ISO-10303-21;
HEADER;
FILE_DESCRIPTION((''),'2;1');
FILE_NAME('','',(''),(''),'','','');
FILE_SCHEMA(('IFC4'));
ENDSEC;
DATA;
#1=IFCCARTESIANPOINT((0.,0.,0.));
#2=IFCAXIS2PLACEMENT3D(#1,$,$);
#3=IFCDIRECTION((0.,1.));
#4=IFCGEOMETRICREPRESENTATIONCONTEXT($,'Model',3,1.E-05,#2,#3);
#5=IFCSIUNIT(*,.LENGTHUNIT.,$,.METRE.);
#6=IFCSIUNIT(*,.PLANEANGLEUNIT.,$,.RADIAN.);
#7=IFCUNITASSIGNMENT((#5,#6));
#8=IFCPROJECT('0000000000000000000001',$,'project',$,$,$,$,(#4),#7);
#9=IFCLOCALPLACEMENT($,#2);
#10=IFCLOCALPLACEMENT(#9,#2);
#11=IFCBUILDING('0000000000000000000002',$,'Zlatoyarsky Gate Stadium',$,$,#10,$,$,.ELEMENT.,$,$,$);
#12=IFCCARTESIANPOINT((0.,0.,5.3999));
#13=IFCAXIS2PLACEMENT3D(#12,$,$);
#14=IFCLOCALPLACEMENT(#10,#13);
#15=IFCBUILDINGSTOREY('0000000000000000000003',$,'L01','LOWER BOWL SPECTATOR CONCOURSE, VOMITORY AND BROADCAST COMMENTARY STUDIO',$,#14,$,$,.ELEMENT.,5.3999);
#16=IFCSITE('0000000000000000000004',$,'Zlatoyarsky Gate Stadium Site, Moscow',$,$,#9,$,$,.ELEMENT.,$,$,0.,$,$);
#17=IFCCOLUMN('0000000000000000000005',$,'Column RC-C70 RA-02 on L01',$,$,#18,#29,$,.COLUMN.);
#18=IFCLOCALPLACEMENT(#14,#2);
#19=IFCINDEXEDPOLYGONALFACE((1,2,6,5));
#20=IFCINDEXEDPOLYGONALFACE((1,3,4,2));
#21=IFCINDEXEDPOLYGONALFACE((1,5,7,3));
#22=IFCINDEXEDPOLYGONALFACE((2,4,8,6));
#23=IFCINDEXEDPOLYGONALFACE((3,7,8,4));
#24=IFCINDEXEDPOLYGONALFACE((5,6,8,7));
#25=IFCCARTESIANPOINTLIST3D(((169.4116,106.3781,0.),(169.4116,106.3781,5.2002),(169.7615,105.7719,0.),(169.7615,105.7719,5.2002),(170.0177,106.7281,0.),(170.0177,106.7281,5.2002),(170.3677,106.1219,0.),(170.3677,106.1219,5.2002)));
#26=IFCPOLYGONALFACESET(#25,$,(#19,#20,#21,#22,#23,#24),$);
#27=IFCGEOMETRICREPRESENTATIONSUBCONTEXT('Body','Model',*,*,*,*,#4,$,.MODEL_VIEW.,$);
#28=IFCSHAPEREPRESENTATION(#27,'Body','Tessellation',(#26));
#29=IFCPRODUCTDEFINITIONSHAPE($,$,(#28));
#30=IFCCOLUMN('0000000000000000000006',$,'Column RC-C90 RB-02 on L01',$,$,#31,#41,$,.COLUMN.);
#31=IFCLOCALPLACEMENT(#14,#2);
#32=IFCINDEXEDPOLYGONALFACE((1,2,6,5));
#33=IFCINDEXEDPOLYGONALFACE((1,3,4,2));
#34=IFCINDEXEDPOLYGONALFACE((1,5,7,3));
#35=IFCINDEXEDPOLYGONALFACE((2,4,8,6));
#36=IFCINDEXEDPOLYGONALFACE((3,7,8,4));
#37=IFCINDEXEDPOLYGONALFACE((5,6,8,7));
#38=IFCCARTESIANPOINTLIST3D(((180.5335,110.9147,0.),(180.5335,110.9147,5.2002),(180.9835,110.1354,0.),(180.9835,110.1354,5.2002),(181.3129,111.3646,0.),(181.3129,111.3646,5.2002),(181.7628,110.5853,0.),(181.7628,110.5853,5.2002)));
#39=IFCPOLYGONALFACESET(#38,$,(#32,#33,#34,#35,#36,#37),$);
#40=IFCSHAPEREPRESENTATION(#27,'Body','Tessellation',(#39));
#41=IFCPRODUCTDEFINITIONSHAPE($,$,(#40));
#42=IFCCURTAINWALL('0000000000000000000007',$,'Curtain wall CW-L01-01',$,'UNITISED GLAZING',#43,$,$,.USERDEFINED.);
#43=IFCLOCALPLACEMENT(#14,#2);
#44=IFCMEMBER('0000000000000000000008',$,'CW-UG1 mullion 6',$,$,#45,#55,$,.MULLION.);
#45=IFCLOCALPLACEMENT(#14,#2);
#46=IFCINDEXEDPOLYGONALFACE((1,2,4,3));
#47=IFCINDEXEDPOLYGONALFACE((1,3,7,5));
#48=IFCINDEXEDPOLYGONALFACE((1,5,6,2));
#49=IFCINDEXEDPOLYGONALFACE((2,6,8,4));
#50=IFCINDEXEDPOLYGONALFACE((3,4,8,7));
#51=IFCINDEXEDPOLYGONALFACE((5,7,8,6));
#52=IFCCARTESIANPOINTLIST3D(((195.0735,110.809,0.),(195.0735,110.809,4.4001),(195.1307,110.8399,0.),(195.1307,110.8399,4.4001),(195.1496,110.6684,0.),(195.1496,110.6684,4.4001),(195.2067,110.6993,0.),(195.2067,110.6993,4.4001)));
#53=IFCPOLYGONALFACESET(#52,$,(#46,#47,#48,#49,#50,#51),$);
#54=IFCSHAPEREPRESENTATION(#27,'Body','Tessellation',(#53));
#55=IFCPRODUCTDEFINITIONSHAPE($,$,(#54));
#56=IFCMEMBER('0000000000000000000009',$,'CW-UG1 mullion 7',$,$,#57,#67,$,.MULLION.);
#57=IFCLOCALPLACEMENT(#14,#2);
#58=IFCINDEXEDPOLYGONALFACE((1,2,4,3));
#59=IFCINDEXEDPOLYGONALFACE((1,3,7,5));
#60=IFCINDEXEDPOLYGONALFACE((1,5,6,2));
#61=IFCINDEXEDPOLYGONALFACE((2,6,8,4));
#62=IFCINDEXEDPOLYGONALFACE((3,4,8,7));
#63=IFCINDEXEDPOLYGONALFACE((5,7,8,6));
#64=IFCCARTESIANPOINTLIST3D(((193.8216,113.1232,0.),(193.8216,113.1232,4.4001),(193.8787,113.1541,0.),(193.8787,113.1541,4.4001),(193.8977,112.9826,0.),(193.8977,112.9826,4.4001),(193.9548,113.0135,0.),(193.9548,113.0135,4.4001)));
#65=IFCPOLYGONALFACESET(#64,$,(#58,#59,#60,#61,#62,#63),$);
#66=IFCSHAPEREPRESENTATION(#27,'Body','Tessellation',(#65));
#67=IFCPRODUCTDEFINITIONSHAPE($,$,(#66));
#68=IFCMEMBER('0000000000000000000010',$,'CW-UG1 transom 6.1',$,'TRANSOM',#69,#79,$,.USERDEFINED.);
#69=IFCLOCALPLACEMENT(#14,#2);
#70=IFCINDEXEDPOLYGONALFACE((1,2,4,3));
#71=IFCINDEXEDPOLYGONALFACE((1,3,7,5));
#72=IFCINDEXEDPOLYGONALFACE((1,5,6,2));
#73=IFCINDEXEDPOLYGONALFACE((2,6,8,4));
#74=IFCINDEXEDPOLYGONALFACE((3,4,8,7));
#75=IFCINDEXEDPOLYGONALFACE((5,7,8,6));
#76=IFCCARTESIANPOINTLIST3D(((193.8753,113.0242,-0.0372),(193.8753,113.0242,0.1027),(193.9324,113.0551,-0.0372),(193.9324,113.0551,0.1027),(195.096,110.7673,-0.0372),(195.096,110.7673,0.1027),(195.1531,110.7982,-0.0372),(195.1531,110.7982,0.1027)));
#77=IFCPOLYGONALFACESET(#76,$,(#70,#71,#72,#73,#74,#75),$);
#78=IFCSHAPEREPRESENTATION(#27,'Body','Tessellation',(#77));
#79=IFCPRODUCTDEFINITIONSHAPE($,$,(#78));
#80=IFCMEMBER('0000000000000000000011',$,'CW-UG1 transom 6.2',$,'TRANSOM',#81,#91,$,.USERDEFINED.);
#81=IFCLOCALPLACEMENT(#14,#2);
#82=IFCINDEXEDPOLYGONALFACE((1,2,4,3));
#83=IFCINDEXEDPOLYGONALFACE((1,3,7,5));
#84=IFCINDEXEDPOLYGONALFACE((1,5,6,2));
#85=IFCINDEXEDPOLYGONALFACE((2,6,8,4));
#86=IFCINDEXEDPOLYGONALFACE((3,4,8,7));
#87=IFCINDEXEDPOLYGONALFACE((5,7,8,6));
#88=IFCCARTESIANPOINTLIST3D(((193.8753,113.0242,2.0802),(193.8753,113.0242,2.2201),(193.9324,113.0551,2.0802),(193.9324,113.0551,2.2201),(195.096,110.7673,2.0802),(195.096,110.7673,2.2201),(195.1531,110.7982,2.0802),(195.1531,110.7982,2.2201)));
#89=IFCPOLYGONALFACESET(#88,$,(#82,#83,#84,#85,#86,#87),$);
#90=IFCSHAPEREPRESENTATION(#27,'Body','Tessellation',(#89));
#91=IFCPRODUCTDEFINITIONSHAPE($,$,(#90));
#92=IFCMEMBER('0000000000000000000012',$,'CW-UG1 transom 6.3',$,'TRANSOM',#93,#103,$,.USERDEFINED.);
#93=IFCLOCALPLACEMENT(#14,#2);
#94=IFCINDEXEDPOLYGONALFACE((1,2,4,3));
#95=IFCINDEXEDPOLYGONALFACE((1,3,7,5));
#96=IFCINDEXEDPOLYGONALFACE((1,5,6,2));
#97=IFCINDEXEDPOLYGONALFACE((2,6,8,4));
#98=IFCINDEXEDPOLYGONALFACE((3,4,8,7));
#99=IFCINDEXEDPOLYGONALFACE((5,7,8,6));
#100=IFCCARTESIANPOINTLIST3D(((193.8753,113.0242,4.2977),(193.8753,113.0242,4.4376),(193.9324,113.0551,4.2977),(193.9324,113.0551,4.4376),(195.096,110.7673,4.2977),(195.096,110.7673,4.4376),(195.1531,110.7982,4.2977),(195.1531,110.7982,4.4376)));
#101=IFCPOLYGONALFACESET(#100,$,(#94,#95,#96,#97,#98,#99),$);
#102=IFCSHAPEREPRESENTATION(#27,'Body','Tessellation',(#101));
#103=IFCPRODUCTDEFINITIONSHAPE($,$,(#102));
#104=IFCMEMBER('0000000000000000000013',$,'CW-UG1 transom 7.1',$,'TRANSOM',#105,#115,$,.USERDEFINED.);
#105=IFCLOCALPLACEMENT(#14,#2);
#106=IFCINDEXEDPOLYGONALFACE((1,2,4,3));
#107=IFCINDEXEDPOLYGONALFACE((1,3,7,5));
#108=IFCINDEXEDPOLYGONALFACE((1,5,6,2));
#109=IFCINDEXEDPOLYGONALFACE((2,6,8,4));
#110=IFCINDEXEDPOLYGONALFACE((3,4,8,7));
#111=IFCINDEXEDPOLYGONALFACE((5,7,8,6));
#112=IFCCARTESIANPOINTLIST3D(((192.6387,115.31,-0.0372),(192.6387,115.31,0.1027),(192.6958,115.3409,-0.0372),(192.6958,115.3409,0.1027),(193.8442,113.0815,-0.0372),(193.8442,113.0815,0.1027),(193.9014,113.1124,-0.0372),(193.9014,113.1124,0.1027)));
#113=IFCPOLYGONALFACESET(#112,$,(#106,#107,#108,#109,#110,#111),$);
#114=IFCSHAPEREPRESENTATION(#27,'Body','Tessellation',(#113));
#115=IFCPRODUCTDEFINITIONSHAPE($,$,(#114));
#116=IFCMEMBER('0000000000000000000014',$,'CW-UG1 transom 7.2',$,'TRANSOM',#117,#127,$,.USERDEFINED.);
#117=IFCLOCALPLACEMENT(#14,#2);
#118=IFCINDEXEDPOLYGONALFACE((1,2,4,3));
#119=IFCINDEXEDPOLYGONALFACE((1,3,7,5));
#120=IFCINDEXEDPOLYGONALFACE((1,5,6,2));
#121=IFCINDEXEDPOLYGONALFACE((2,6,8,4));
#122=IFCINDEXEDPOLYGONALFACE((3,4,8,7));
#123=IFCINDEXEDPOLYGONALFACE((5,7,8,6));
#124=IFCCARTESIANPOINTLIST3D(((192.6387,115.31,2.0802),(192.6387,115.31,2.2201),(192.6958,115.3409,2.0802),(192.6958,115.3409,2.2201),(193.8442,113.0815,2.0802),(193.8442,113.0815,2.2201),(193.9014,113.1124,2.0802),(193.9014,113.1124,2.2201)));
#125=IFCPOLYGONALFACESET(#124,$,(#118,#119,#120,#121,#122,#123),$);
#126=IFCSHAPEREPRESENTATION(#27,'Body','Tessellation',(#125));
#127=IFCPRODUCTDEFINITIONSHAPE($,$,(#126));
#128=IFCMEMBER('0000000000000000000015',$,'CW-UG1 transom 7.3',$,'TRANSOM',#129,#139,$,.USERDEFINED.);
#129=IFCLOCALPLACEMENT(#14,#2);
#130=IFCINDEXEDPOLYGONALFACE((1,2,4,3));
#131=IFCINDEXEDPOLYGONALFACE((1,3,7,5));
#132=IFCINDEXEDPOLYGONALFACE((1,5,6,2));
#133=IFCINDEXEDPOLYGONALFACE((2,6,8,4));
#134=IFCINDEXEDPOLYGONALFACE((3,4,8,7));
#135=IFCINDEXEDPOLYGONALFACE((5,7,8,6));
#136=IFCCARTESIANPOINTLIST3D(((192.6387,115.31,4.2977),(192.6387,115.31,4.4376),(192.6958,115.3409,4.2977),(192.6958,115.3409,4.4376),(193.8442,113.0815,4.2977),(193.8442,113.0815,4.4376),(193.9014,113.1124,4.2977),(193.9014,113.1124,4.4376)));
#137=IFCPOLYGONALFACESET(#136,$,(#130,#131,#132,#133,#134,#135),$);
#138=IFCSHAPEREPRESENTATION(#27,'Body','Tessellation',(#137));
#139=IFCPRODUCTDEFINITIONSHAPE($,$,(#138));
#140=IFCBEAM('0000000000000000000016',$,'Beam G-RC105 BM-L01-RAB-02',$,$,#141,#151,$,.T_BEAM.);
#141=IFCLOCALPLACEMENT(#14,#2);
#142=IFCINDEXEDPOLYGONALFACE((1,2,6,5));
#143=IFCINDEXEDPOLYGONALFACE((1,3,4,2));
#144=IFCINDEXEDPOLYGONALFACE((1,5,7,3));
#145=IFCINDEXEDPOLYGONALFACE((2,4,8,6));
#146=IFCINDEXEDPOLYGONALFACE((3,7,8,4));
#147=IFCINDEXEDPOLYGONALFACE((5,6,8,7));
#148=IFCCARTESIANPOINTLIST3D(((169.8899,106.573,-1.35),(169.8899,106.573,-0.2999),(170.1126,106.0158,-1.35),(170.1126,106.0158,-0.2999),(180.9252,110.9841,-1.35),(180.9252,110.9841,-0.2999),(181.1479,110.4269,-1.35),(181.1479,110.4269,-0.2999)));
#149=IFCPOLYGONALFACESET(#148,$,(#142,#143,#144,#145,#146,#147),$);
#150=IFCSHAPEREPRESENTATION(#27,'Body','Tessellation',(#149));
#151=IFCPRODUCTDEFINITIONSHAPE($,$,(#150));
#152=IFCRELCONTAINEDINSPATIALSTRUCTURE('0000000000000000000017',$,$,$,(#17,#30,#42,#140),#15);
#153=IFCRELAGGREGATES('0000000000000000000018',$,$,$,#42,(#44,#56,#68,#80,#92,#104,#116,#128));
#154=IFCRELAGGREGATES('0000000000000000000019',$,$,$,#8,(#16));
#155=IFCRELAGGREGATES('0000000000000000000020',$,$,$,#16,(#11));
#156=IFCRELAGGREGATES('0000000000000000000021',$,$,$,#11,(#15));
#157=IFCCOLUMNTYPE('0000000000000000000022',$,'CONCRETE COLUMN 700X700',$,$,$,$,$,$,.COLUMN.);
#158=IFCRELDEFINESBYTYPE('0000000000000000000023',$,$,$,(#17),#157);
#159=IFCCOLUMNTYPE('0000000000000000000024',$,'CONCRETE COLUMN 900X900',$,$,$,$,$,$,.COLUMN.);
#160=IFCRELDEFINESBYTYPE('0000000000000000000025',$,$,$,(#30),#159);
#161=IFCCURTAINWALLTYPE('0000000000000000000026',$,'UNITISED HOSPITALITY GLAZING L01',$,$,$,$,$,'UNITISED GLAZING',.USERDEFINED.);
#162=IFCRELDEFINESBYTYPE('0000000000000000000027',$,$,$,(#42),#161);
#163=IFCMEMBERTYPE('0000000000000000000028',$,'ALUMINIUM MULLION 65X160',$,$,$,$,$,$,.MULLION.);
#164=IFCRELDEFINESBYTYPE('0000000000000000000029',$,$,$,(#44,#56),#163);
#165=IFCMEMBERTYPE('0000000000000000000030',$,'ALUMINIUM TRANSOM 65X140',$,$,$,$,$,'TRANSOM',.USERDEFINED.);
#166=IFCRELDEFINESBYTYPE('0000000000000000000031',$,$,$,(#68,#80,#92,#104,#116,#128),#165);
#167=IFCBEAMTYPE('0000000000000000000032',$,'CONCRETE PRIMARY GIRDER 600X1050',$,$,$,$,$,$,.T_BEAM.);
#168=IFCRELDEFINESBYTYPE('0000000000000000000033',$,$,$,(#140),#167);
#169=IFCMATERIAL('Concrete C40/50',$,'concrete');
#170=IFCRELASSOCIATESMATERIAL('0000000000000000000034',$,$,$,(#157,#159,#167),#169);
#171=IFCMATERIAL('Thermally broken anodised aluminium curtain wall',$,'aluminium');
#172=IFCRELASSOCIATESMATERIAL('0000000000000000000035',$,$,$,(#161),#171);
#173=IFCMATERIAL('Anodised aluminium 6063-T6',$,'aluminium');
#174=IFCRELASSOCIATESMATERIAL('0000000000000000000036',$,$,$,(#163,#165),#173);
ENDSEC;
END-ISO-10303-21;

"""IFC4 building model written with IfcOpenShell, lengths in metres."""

from ifc_helpers import new_model, si_unit, direction, frame, origin, origin_2d, place, context, subcontext, project, spatial, rectangle, extrude, material, material_profile, profile_set, type_object, element, aggregate, save


model = new_model("IFC4")

# Units and contexts
model_context = context("Model", 3, precision=1e-05, world=origin(), true_north=direction((0.0, 1.0)))
body_context = subcontext(model_context, "Body", "Model", "MODEL_VIEW")
ifc_project = project(units=[si_unit("LENGTHUNIT", "METRE"), si_unit("PLANEANGLEUNIT", "RADIAN")], contexts=[model_context])

# Site, building, storey
site_placement = place(None, origin())
site = spatial("IfcSite", under=ifc_project, at=site_placement, Name="Zlatoyarsky Gate Stadium Site, Moscow", CompositionType="ELEMENT", RefElevation=0.0)
building_placement = place(site_placement, origin())
building = spatial("IfcBuilding", under=site, at=building_placement, Name="Zlatoyarsky Gate Stadium", CompositionType="ELEMENT")
storey_placement = place(building_placement, frame((0.0, 0.0, 5.3999)))
storey = spatial("IfcBuildingStorey", under=building, at=storey_placement, Name="L01", Description="LOWER BOWL SPECTATOR CONCOURSE, VOMITORY AND BROADCAST COMMENTARY STUDIO", CompositionType="ELEMENT", Elevation=5.3999)

# Columns
ifc_material_1 = material(Name="Concrete C40/50", Category="concrete")
ifc_material_profile_1 = material_profile(ifc_material_1, rectangle(XDim=0.7, YDim=0.7, at=origin_2d()), Name="RC COL 700X700")
ifc_profile_set_1 = profile_set([ifc_material_profile_1], Name="Concrete C40/50")
column_type_1 = type_object("IfcColumnType", Name="CONCRETE COLUMN 700X700", PredefinedType="COLUMN", material=ifc_profile_set_1)
column_1_placement = place(storey_placement, frame((169.8896, 106.25, 0.0), z_axis=(0.0, 0.0, 1.0), x_axis=(0.866025, 0.5, 0.0)))
element("IfcColumn", 1, at=column_1_placement, inside=storey, type_object=column_type_1, Name="Column RC-C70 RA-02 on L01", PredefinedType="COLUMN", context=body_context, shape_type="SweptSolid", body=[
    extrude(rectangle(XDim=0.7, YDim=0.7, at=origin_2d()), origin(), (0.0, 0.0, 1.0), 5.2002),
])
ifc_material_profile_2 = material_profile(ifc_material_1, rectangle(XDim=0.8999, YDim=0.8999, at=origin_2d()), Name="RC COL 900X900")
ifc_profile_set_2 = profile_set([ifc_material_profile_2], Name="Concrete C40/50")
column_type_2 = type_object("IfcColumnType", Name="CONCRETE COLUMN 900X900", PredefinedType="COLUMN", material=ifc_profile_set_2)
column_2_placement = place(storey_placement, frame((181.1482, 110.75, 0.0), z_axis=(0.0, 0.0, 1.0), x_axis=(0.866025, 0.5, 0.0)))
element("IfcColumn", 2, at=column_2_placement, inside=storey, type_object=column_type_2, Name="Column RC-C90 RB-02 on L01", PredefinedType="COLUMN", context=body_context, shape_type="SweptSolid", body=[
    extrude(rectangle(XDim=0.8999, YDim=0.8999, at=origin_2d()), origin(), (0.0, 0.0, 1.0), 5.2002),
])

# Curtain wall, members
ifc_material_2 = material(Name="Thermally broken anodised aluminium curtain wall", Category="aluminium")
curtain_wall_type = type_object("IfcCurtainWallType", Name="UNITISED HOSPITALITY GLAZING L01", ElementType="UNITISED GLAZING", PredefinedType="USERDEFINED", material=ifc_material_2)
curtain_wall_placement = place(storey_placement, origin())
curtain_wall = element("IfcCurtainWall", 3, at=curtain_wall_placement, inside=storey, type_object=curtain_wall_type, Name="Curtain wall CW-L01-01", ObjectType="UNITISED GLAZING", PredefinedType="USERDEFINED")
ifc_material_3 = material(Name="Anodised aluminium 6063-T6", Category="aluminium")
ifc_material_profile_3 = material_profile(ifc_material_3, rectangle(XDim=0.0649, YDim=0.1599, at=origin_2d()), Name="ALU 65X160")
ifc_profile_set_3 = profile_set([ifc_material_profile_3], Name="Anodised aluminium 6063-T6")
member_type_1 = type_object("IfcMemberType", Name="ALUMINIUM MULLION 65X160", PredefinedType="MULLION", material=ifc_profile_set_3)
member_1_placement = place(storey_placement, frame((195.1401, 110.7542, 0.0), z_axis=(0.0, 0.0, 1.0), x_axis=(-0.879562, -0.475784, 0.0)))
member_1 = element("IfcMember", 4, at=member_1_placement, type_object=member_type_1, Name="CW-UG1 mullion 6", PredefinedType="MULLION", context=body_context, shape_type="SweptSolid", body=[
    extrude(rectangle(XDim=0.0649, YDim=0.1599, at=origin_2d()), origin(), (0.0, 0.0, 1.0), 4.4001),
])
member_2_placement = place(storey_placement, frame((193.8882, 113.0684, 0.0), z_axis=(0.0, 0.0, 1.0), x_axis=(-0.879562, -0.475784, 0.0)))
member_2 = element("IfcMember", 5, at=member_2_placement, type_object=member_type_1, Name="CW-UG1 mullion 7", PredefinedType="MULLION", context=body_context, shape_type="SweptSolid", body=[
    extrude(rectangle(XDim=0.0649, YDim=0.1599, at=origin_2d()), origin(), (0.0, 0.0, 1.0), 4.4001),
])
ifc_material_profile_4 = material_profile(ifc_material_3, rectangle(XDim=0.0649, YDim=0.1399, at=origin_2d()), Name="ALU 65X140")
ifc_profile_set_4 = profile_set([ifc_material_profile_4], Name="Anodised aluminium 6063-T6")
member_type_2 = type_object("IfcMemberType", Name="ALUMINIUM TRANSOM 65X140", ElementType="TRANSOM", PredefinedType="USERDEFINED", material=ifc_profile_set_4)
member_3_placement = place(storey_placement, frame((195.1245, 110.7827, 0.0327), z_axis=(-0.475716, 0.879599, 0.0), x_axis=(-0.879599, -0.475716, 0.0)))
member_3 = element("IfcMember", 6, at=member_3_placement, type_object=member_type_2, Name="CW-UG1 transom 6.1", ObjectType="TRANSOM", PredefinedType="USERDEFINED", context=body_context, shape_type="SweptSolid", body=[
    extrude(rectangle(XDim=0.0649, YDim=0.1399, at=origin_2d()), origin(), (0.0, 0.0, 1.0), 2.5659),
])
member_4_placement = place(storey_placement, frame((195.1245, 110.7827, 2.1501), z_axis=(-0.475716, 0.879599, 0.0), x_axis=(-0.879599, -0.475716, 0.0)))
member_4 = element("IfcMember", 7, at=member_4_placement, type_object=member_type_2, Name="CW-UG1 transom 6.2", ObjectType="TRANSOM", PredefinedType="USERDEFINED", context=body_context, shape_type="SweptSolid", body=[
    extrude(rectangle(XDim=0.0649, YDim=0.1399, at=origin_2d()), origin(), (0.0, 0.0, 1.0), 2.5659),
])
member_5_placement = place(storey_placement, frame((195.1245, 110.7827, 4.3677), z_axis=(-0.475716, 0.879599, 0.0), x_axis=(-0.879599, -0.475716, 0.0)))
member_5 = element("IfcMember", 8, at=member_5_placement, type_object=member_type_2, Name="CW-UG1 transom 6.3", ObjectType="TRANSOM", PredefinedType="USERDEFINED", context=body_context, shape_type="SweptSolid", body=[
    extrude(rectangle(XDim=0.0649, YDim=0.1399, at=origin_2d()), origin(), (0.0, 0.0, 1.0), 2.5659),
])
member_6_placement = place(storey_placement, frame((193.8728, 113.0969, 0.0327), z_axis=(-0.475811, 0.879547, 0.0), x_axis=(-0.879547, -0.475811, 0.0)))
member_6 = element("IfcMember", 9, at=member_6_placement, type_object=member_type_2, Name="CW-UG1 transom 7.1", ObjectType="TRANSOM", PredefinedType="USERDEFINED", context=body_context, shape_type="SweptSolid", body=[
    extrude(rectangle(XDim=0.0649, YDim=0.1399, at=origin_2d()), origin(), (0.0, 0.0, 1.0), 2.5337),
])
member_7_placement = place(storey_placement, frame((193.8728, 113.0969, 2.1501), z_axis=(-0.475811, 0.879547, 0.0), x_axis=(-0.879547, -0.475811, 0.0)))
member_7 = element("IfcMember", 10, at=member_7_placement, type_object=member_type_2, Name="CW-UG1 transom 7.2", ObjectType="TRANSOM", PredefinedType="USERDEFINED", context=body_context, shape_type="SweptSolid", body=[
    extrude(rectangle(XDim=0.0649, YDim=0.1399, at=origin_2d()), origin(), (0.0, 0.0, 1.0), 2.5337),
])
member_8_placement = place(storey_placement, frame((193.8728, 113.0969, 4.3677), z_axis=(-0.475811, 0.879547, 0.0), x_axis=(-0.879547, -0.475811, 0.0)))
member_8 = element("IfcMember", 11, at=member_8_placement, type_object=member_type_2, Name="CW-UG1 transom 7.3", ObjectType="TRANSOM", PredefinedType="USERDEFINED", context=body_context, shape_type="SweptSolid", body=[
    extrude(rectangle(XDim=0.0649, YDim=0.1399, at=origin_2d()), origin(), (0.0, 0.0, 1.0), 2.5337),
])

# Beam
ifc_material_profile_5 = material_profile(ifc_material_1, rectangle(XDim=0.6001, YDim=1.05, at=origin_2d()), Name="RC GIRDER 600X1050")
ifc_profile_set_5 = profile_set([ifc_material_profile_5], Name="Concrete C40/50")
beam_type_1 = type_object("IfcBeamType", Name="CONCRETE PRIMARY GIRDER 600X1050", PredefinedType="T_BEAM", material=ifc_profile_set_5)
beam_1_placement = place(storey_placement, frame((170.0012, 106.2944, -0.825), z_axis=(0.928565, 0.371171, 0.0), x_axis=(-0.371171, 0.928565, 0.0)))
element("IfcBeam", 12, at=beam_1_placement, inside=storey, type_object=beam_type_1, Name="Beam G-RC105 BM-L01-RAB-02", PredefinedType="T_BEAM", context=body_context, shape_type="SweptSolid", body=[
    extrude(rectangle(XDim=0.6001, YDim=1.05, at=origin_2d()), origin(), (0.0, 0.0, 1.0), 11.8843),
])

aggregate(curtain_wall, [member_1, member_2, member_3, member_4, member_5, member_6, member_7, member_8])

save(model, "model.ifc")
